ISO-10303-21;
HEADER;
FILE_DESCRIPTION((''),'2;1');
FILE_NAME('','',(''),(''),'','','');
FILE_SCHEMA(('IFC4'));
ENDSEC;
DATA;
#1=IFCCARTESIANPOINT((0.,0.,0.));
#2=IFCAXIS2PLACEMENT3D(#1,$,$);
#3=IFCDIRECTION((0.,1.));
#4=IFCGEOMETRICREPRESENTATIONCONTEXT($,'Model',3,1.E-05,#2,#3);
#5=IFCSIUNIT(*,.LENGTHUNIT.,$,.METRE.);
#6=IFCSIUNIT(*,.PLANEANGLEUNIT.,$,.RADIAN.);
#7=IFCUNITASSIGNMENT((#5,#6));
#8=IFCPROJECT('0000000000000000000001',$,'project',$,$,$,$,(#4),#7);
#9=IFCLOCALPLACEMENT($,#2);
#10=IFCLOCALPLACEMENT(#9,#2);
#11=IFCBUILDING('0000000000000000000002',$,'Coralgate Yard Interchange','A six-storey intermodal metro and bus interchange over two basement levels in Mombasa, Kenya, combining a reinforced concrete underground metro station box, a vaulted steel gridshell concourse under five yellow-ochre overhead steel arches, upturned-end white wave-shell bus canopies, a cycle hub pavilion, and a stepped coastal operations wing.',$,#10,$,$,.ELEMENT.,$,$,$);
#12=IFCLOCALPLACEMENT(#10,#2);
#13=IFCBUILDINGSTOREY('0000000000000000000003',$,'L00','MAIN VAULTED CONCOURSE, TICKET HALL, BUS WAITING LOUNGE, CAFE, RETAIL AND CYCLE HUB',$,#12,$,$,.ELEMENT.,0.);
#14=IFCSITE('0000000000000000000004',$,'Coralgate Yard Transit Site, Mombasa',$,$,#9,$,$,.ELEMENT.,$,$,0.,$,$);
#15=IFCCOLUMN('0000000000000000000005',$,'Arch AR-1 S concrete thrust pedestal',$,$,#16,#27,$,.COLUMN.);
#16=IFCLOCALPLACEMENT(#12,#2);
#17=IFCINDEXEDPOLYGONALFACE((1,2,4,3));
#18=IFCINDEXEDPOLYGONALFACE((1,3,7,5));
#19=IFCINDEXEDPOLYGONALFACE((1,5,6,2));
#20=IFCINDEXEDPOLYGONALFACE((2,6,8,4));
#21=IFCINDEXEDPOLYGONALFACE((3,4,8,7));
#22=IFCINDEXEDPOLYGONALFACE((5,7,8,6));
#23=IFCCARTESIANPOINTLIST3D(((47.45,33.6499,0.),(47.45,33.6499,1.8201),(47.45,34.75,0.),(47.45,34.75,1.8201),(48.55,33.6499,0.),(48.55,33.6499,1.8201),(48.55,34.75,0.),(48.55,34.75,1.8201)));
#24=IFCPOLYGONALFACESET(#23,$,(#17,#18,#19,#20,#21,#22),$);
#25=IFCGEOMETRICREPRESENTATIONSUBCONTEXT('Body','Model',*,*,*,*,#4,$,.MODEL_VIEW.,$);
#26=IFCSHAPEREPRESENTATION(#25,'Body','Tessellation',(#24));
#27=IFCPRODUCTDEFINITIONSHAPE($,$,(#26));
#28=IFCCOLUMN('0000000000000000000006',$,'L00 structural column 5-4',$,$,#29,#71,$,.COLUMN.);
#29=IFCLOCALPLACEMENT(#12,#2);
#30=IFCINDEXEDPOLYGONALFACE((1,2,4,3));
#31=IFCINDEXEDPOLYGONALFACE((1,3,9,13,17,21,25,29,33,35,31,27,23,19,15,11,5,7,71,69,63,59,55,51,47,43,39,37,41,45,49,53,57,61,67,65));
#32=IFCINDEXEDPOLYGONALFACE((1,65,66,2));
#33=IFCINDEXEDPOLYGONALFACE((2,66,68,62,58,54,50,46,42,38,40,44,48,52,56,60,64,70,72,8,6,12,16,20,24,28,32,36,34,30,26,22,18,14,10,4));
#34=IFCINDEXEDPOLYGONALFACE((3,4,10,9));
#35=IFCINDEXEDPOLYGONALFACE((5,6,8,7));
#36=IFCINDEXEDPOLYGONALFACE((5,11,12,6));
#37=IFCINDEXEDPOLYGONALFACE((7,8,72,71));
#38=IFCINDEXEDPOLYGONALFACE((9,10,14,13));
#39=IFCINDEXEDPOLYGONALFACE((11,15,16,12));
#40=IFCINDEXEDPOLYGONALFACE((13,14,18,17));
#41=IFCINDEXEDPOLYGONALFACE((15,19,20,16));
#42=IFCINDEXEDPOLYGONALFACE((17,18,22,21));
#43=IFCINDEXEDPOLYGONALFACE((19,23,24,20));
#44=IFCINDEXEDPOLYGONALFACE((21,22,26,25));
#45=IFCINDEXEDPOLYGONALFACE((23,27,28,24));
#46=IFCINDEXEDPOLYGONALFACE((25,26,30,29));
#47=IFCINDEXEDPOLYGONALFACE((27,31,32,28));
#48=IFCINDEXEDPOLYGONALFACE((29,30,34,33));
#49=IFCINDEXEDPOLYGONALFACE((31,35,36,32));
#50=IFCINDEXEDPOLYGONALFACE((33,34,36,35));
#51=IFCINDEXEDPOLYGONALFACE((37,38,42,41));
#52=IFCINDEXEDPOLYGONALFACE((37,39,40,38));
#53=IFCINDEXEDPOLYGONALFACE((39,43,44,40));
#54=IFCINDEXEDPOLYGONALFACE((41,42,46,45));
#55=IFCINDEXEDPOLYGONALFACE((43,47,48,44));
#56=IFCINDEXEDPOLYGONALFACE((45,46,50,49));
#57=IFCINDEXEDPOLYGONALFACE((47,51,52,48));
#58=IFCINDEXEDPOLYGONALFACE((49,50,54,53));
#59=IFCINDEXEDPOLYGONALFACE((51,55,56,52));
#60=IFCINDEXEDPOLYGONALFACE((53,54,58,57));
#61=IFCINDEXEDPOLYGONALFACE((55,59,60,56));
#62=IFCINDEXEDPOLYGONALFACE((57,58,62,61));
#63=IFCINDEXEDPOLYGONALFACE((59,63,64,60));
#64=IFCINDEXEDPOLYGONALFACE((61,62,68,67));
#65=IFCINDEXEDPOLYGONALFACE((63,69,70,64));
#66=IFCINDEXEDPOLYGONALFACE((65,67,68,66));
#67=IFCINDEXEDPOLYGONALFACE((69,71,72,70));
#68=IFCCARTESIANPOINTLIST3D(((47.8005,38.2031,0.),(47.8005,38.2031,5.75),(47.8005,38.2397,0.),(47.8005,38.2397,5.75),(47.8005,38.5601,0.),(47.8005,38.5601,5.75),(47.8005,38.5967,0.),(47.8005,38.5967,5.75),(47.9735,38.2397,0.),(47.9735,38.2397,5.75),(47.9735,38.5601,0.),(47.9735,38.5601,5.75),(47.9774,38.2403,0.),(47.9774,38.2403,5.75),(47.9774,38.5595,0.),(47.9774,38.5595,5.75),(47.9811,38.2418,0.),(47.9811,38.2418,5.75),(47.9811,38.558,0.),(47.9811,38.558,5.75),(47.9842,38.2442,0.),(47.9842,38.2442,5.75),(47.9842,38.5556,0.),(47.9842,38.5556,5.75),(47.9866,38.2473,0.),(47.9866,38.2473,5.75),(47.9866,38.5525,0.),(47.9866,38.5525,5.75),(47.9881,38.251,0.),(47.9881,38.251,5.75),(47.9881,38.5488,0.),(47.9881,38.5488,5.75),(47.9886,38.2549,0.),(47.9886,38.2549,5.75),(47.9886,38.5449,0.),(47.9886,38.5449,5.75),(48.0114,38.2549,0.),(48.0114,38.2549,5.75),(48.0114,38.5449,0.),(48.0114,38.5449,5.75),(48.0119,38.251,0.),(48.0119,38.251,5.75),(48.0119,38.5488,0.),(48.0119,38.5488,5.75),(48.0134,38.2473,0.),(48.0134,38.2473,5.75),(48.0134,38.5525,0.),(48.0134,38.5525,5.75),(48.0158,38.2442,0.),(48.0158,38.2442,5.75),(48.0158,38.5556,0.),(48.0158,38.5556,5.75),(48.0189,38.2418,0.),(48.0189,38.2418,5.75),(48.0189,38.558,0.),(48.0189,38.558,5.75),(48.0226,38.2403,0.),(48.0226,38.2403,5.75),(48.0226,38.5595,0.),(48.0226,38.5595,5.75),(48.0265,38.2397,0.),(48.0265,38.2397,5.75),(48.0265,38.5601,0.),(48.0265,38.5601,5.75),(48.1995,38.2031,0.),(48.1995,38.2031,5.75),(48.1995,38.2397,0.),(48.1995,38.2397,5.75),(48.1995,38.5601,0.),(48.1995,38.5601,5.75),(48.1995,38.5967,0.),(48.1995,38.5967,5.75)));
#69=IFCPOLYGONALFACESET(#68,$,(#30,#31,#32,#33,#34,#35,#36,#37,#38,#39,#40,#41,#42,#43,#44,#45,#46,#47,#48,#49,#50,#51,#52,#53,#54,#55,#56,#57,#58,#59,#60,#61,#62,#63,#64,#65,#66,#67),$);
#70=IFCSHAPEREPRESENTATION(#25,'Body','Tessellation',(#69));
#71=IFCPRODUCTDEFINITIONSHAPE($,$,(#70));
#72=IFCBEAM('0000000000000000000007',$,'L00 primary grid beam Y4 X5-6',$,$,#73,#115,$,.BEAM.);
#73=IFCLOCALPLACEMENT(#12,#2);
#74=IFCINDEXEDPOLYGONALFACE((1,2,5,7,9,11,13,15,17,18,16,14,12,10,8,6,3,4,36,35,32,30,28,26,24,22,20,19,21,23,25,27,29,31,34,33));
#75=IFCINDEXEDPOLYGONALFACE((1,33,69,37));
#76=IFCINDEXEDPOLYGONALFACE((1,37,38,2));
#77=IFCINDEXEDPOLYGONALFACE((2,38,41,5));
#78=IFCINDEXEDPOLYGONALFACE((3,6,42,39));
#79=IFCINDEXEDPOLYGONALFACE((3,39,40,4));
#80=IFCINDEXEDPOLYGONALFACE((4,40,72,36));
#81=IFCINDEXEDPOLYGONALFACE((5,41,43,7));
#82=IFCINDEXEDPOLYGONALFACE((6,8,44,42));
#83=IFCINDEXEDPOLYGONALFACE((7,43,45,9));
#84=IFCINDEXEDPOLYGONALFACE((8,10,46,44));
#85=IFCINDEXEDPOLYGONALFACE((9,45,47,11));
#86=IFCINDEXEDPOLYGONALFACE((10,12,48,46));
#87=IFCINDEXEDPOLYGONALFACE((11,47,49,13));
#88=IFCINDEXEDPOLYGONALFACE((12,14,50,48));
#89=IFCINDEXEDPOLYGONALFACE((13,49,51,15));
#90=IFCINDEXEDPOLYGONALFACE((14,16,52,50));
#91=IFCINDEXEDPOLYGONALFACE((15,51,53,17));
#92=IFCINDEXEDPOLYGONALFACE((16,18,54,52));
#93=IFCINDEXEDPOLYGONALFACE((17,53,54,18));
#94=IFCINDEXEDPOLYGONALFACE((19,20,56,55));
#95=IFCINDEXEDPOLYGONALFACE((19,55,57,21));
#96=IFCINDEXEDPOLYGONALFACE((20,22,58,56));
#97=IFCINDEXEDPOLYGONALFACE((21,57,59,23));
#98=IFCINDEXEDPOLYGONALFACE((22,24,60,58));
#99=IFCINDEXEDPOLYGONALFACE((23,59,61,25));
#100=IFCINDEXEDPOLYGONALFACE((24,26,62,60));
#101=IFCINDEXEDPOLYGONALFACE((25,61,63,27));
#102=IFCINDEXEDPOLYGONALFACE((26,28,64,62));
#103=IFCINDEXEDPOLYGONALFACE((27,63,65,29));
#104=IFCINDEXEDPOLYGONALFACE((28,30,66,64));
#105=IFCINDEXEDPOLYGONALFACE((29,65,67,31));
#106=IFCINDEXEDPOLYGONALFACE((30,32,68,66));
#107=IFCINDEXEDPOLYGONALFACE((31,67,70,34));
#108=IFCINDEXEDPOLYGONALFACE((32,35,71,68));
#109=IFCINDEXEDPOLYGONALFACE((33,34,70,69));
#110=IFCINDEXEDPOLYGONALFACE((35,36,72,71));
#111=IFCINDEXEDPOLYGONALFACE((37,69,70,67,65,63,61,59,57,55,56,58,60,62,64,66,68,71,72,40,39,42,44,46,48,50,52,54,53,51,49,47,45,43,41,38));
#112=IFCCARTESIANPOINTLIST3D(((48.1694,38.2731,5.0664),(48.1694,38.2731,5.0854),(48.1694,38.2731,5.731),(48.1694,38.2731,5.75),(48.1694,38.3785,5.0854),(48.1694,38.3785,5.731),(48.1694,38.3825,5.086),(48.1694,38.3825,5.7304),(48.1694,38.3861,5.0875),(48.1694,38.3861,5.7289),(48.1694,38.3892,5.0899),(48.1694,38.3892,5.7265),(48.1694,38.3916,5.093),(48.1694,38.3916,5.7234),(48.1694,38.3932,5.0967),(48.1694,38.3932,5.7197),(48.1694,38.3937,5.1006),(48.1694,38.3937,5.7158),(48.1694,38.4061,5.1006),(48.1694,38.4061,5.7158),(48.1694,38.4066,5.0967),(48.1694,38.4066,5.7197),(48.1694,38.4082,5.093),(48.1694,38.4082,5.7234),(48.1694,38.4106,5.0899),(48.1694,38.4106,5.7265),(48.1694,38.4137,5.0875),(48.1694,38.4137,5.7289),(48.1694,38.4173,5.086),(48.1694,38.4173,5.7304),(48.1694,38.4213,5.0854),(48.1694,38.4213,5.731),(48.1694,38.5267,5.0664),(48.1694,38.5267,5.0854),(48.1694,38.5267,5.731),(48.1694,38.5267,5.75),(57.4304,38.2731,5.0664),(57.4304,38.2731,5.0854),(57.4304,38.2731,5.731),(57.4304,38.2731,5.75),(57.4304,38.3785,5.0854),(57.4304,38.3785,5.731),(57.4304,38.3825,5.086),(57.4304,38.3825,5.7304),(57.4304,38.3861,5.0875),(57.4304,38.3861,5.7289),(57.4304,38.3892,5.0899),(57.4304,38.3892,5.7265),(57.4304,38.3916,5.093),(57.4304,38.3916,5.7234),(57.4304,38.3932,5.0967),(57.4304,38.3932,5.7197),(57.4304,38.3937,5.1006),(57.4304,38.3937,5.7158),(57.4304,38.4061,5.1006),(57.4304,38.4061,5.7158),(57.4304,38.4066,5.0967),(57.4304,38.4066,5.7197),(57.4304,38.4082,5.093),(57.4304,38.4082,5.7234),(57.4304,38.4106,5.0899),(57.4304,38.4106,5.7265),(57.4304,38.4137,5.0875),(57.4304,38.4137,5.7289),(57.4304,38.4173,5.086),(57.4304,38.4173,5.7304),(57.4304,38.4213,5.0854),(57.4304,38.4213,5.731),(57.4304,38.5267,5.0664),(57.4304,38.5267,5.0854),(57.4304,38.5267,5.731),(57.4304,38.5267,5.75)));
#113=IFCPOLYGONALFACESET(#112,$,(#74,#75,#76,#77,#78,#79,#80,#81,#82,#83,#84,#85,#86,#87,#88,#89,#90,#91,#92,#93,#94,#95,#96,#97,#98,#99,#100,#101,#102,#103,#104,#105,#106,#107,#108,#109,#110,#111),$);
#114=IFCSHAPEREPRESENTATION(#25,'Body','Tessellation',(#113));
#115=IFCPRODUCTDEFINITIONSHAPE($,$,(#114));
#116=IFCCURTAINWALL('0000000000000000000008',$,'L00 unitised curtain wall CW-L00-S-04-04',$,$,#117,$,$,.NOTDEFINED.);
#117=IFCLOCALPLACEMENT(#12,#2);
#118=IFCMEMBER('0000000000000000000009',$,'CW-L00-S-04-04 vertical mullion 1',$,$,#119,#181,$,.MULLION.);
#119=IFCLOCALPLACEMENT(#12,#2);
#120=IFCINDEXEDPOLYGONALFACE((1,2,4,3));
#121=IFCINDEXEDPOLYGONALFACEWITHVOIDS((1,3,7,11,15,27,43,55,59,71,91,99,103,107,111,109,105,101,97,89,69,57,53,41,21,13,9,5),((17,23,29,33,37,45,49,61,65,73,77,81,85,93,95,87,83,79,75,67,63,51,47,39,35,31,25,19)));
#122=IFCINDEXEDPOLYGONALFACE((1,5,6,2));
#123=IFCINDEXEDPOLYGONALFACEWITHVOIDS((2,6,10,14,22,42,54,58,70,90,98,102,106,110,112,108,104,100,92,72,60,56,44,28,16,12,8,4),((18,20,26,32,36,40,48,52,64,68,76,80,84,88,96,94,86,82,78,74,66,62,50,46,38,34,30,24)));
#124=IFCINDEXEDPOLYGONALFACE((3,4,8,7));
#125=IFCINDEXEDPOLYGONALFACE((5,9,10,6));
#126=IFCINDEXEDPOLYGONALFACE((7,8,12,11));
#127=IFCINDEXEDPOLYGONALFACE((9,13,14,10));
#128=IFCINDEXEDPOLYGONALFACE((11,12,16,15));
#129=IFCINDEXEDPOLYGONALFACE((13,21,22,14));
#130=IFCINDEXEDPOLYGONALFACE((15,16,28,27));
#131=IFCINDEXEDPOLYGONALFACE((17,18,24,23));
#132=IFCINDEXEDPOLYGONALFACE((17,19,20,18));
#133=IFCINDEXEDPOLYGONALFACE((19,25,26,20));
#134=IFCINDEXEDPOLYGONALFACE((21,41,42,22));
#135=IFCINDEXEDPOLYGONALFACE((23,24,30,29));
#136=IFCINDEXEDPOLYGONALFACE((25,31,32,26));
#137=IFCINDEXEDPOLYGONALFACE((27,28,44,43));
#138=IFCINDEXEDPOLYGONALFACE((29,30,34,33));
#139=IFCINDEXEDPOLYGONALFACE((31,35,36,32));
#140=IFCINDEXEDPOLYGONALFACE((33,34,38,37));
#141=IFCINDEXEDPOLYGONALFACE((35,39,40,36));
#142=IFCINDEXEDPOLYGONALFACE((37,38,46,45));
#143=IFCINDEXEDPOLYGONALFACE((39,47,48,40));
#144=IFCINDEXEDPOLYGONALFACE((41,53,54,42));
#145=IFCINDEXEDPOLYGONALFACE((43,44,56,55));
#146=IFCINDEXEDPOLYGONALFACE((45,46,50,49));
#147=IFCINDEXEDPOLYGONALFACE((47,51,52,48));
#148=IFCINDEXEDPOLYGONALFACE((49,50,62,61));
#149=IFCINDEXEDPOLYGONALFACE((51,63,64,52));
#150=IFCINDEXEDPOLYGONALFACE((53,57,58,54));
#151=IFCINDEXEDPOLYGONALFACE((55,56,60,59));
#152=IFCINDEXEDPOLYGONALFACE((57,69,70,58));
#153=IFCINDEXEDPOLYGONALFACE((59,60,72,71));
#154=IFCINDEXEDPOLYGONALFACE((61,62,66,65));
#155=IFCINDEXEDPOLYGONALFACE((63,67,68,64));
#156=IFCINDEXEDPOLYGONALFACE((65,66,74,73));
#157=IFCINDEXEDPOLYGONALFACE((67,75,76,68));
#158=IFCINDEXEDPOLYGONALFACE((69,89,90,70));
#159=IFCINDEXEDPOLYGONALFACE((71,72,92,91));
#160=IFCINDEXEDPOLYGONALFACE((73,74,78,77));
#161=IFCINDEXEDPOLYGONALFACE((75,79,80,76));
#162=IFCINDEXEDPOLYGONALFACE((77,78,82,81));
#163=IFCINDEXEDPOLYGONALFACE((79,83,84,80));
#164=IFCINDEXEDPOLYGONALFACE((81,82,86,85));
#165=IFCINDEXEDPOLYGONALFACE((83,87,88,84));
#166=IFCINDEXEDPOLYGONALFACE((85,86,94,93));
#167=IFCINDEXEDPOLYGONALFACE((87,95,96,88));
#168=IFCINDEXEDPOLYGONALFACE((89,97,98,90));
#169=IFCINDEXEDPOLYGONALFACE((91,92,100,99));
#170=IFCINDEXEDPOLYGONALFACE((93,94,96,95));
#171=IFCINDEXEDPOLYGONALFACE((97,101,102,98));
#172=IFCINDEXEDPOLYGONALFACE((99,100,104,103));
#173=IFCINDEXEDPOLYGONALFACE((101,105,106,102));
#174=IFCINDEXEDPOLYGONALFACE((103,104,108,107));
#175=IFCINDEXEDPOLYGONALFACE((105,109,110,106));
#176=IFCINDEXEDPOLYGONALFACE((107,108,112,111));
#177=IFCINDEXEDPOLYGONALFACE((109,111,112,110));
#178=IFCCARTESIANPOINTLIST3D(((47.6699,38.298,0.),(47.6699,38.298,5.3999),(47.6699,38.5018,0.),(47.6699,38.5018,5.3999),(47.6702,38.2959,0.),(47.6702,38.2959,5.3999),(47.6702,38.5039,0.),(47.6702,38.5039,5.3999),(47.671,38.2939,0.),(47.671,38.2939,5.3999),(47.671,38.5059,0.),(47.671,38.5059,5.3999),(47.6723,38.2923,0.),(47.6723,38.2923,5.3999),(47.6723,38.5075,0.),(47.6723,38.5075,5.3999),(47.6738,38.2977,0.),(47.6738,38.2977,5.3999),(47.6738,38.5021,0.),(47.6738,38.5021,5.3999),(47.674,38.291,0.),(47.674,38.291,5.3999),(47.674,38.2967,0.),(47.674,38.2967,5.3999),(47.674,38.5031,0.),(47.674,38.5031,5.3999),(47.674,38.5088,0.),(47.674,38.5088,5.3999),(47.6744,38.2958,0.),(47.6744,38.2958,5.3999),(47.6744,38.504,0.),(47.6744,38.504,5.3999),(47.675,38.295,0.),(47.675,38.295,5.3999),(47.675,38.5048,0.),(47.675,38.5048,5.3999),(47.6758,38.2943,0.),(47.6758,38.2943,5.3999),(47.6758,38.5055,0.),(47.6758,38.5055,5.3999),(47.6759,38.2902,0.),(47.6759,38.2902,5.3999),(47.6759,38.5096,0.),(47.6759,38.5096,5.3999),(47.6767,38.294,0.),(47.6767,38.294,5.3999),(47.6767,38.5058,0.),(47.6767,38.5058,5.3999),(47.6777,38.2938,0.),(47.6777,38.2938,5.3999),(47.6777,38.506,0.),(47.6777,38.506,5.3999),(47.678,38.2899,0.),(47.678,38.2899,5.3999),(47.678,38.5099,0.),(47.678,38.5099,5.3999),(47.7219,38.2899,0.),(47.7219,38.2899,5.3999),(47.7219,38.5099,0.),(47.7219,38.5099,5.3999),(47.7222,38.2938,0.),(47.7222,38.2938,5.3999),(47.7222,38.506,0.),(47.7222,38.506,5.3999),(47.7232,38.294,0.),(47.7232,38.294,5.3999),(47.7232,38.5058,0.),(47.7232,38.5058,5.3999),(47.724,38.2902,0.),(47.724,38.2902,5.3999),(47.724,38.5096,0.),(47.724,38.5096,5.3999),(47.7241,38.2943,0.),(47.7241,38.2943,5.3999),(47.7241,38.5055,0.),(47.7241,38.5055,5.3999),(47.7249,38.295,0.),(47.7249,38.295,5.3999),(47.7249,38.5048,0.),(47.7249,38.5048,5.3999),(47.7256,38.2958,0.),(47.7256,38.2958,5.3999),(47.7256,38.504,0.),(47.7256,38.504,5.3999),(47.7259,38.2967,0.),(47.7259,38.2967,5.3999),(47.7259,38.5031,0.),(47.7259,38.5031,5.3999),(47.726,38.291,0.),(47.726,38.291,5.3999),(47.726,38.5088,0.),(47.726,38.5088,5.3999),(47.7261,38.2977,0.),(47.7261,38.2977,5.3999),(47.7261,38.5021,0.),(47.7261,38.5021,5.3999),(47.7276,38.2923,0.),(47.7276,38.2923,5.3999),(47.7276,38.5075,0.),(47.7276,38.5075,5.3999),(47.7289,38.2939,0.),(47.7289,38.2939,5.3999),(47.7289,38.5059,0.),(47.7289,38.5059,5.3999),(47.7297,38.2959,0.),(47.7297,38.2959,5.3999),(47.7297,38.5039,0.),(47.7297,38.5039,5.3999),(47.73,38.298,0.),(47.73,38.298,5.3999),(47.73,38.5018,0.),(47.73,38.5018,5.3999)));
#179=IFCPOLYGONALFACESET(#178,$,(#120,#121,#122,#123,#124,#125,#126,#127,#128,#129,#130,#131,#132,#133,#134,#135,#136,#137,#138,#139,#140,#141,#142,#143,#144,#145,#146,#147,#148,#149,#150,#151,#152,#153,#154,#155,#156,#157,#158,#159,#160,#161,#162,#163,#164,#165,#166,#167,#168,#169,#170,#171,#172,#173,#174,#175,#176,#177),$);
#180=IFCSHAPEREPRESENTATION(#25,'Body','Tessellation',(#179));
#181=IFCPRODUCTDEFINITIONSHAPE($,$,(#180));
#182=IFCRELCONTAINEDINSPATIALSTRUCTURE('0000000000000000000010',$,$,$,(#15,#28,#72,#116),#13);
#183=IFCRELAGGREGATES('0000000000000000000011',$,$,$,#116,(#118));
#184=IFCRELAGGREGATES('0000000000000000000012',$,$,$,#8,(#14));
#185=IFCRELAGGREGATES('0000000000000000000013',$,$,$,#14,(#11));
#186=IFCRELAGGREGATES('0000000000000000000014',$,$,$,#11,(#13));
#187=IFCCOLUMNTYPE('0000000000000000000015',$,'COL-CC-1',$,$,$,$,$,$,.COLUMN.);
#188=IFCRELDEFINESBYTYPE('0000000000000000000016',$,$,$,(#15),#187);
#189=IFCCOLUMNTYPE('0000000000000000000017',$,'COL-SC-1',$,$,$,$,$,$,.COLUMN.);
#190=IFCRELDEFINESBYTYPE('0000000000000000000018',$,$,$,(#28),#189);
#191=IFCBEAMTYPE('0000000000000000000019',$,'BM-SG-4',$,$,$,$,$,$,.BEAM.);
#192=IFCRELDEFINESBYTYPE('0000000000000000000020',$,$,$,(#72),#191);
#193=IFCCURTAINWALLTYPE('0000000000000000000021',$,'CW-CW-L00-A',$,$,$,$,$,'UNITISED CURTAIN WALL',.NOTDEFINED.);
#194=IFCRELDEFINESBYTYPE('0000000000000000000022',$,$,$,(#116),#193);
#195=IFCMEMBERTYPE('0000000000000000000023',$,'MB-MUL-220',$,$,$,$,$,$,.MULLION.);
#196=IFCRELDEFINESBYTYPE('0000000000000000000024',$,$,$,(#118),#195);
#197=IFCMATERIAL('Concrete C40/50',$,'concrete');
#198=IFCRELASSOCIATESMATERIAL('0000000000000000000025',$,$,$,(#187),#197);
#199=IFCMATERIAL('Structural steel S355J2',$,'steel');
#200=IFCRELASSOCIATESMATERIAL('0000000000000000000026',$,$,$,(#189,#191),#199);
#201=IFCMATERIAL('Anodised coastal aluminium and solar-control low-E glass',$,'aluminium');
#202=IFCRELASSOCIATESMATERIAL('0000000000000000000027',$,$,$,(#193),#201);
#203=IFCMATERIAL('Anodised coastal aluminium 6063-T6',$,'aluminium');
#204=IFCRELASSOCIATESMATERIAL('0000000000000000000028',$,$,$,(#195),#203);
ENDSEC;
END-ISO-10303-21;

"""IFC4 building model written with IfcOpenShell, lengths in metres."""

from ifc_helpers import new_model, si_unit, direction, frame, origin, origin_2d, place, context, subcontext, project, spatial, rectangle, hollow_rectangle, i_section, extrude, material, material_profile, profile_set, type_object, element, aggregate, save


model = new_model("IFC4")

# Units and contexts
model_context = context("Model", 3, precision=1e-05, world=origin(), true_north=direction((0.0, 1.0)))
body_context = subcontext(model_context, "Body", "Model", "MODEL_VIEW")
ifc_project = project(units=[si_unit("LENGTHUNIT", "METRE"), si_unit("PLANEANGLEUNIT", "RADIAN")], contexts=[model_context])

# Site, building, storey
site_placement = place(None, origin())
site = spatial("IfcSite", under=ifc_project, at=site_placement, Name="Coralgate Yard Transit Site, Mombasa", CompositionType="ELEMENT", RefElevation=0.0)
building_placement = place(site_placement, origin())
building = spatial("IfcBuilding", under=site, at=building_placement, Name="Coralgate Yard Interchange", Description="A six-storey intermodal metro and bus interchange over two basement levels in Mombasa, Kenya, combining a reinforced concrete underground metro station box, a vaulted steel gridshell concourse under five yellow-ochre overhead steel arches, upturned-end white wave-shell bus canopies, a cycle hub pavilion, and a stepped coastal operations wing.", CompositionType="ELEMENT")
storey_placement = place(building_placement, origin())
storey = spatial("IfcBuildingStorey", under=building, at=storey_placement, Name="L00", Description="MAIN VAULTED CONCOURSE, TICKET HALL, BUS WAITING LOUNGE, CAFE, RETAIL AND CYCLE HUB", CompositionType="ELEMENT", Elevation=0.0)

# Columns
ifc_material_1 = material(Name="Concrete C40/50", Category="concrete")
ifc_material_profile_1 = material_profile(ifc_material_1, rectangle(XDim=1.1001, YDim=1.1001, at=origin_2d()), Name="RC 1100x1100")
ifc_profile_set_1 = profile_set([ifc_material_profile_1], Name="Concrete C40/50")
column_type_1 = type_object("IfcColumnType", Name="COL-CC-1", PredefinedType="COLUMN", material=ifc_profile_set_1)
column_1_placement = place(storey_placement, frame((48.0, 34.2, 0.0), z_axis=(0.0, 0.0, 1.0), x_axis=(1.0, 0.0, 0.0)))
element("IfcColumn", 1, at=column_1_placement, inside=storey, type_object=column_type_1, Name="Arch AR-1 S concrete thrust pedestal", PredefinedType="COLUMN", context=body_context, shape_type="SweptSolid", body=[
    extrude(rectangle(XDim=1.1001, YDim=1.1001, at=origin_2d()), origin(), (0.0, 0.0, 1.0), 1.8201),
])
ifc_material_2 = material(Name="Structural steel S355J2", Category="steel")
ifc_material_profile_2 = material_profile(ifc_material_2, i_section(OverallWidth=0.3989, OverallDepth=0.3936, WebThickness=0.0227, FlangeThickness=0.0366, FilletRadius=0.0151, at=origin_2d()), Name="UC 356x406x287")
ifc_profile_set_2 = profile_set([ifc_material_profile_2], Name="Structural steel S355J2")
column_type_2 = type_object("IfcColumnType", Name="COL-SC-1", PredefinedType="COLUMN", material=ifc_profile_set_2)
column_2_placement = place(storey_placement, frame((48.0, 38.3999, 0.0), z_axis=(0.0, 0.0, 1.0), x_axis=(1.0, 0.0, 0.0)))
element("IfcColumn", 2, at=column_2_placement, inside=storey, type_object=column_type_2, Name="L00 structural column 5-4", PredefinedType="COLUMN", context=body_context, shape_type="SweptSolid", body=[
    extrude(i_section(OverallWidth=0.3989, OverallDepth=0.3936, WebThickness=0.0227, FlangeThickness=0.0366, FilletRadius=0.0151, at=origin_2d()), origin(), (0.0, 0.0, 1.0), 5.75),
])

# Beam
ifc_material_profile_3 = material_profile(ifc_material_2, i_section(OverallWidth=0.2537, OverallDepth=0.6836, WebThickness=0.0125, FlangeThickness=0.019, FilletRadius=0.0151, at=origin_2d()), Name="UB 686x254x140")
ifc_profile_set_3 = profile_set([ifc_material_profile_3], Name="Structural steel S355J2")
beam_type = type_object("IfcBeamType", Name="BM-SG-4", PredefinedType="BEAM", material=ifc_profile_set_3)
beam_placement = place(storey_placement, frame((48.1694, 38.3999, 5.4082), z_axis=(1.0, 0.0, 0.0), x_axis=(0.0, 1.0, 0.0)))
element("IfcBeam", 3, at=beam_placement, inside=storey, type_object=beam_type, Name="L00 primary grid beam Y4 X5-6", PredefinedType="BEAM", context=body_context, shape_type="SweptSolid", body=[
    extrude(i_section(OverallWidth=0.2537, OverallDepth=0.6836, WebThickness=0.0125, FlangeThickness=0.019, FilletRadius=0.0151, at=origin_2d()), origin(), (0.0, 0.0, 1.0), 9.261),
])

# Curtain wall, member
ifc_material_3 = material(Name="Anodised coastal aluminium and solar-control low-E glass", Category="aluminium")
curtain_wall_type = type_object("IfcCurtainWallType", Name="CW-CW-L00-A", ElementType="UNITISED CURTAIN WALL", PredefinedType="NOTDEFINED", material=ifc_material_3)
curtain_wall_1_placement = place(storey_placement, origin())
curtain_wall_1 = element("IfcCurtainWall", 4, at=curtain_wall_1_placement, inside=storey, type_object=curtain_wall_type, Name="L00 unitised curtain wall CW-L00-S-04-04", PredefinedType="NOTDEFINED")
ifc_material_4 = material(Name="Anodised coastal aluminium 6063-T6", Category="aluminium")
ifc_material_profile_4 = material_profile(ifc_material_4, hollow_rectangle(XDim=0.0601, YDim=0.22, WallThickness=0.0039, InnerFilletRadius=0.0039, OuterFilletRadius=0.0081, at=origin_2d()), Name="ALU 60x220x4")
ifc_profile_set_4 = profile_set([ifc_material_profile_4], Name="Anodised coastal aluminium 6063-T6")
member_type_1 = type_object("IfcMemberType", Name="MB-MUL-220", PredefinedType="MULLION", material=ifc_profile_set_4)
member_1_placement = place(storey_placement, frame((47.7, 38.3999, 0.0), z_axis=(0.0, 0.0, 1.0), x_axis=(1.0, 0.0, 0.0)))
member_1 = element("IfcMember", 5, at=member_1_placement, type_object=member_type_1, Name="CW-L00-S-04-04 vertical mullion 1", PredefinedType="MULLION", context=body_context, shape_type="SweptSolid", body=[
    extrude(hollow_rectangle(XDim=0.0601, YDim=0.22, WallThickness=0.0039, InnerFilletRadius=0.0039, OuterFilletRadius=0.0081, at=origin_2d()), origin(), (0.0, 0.0, 1.0), 5.3999),
])

aggregate(curtain_wall_1, [member_1])

save(model, "model.ifc")
